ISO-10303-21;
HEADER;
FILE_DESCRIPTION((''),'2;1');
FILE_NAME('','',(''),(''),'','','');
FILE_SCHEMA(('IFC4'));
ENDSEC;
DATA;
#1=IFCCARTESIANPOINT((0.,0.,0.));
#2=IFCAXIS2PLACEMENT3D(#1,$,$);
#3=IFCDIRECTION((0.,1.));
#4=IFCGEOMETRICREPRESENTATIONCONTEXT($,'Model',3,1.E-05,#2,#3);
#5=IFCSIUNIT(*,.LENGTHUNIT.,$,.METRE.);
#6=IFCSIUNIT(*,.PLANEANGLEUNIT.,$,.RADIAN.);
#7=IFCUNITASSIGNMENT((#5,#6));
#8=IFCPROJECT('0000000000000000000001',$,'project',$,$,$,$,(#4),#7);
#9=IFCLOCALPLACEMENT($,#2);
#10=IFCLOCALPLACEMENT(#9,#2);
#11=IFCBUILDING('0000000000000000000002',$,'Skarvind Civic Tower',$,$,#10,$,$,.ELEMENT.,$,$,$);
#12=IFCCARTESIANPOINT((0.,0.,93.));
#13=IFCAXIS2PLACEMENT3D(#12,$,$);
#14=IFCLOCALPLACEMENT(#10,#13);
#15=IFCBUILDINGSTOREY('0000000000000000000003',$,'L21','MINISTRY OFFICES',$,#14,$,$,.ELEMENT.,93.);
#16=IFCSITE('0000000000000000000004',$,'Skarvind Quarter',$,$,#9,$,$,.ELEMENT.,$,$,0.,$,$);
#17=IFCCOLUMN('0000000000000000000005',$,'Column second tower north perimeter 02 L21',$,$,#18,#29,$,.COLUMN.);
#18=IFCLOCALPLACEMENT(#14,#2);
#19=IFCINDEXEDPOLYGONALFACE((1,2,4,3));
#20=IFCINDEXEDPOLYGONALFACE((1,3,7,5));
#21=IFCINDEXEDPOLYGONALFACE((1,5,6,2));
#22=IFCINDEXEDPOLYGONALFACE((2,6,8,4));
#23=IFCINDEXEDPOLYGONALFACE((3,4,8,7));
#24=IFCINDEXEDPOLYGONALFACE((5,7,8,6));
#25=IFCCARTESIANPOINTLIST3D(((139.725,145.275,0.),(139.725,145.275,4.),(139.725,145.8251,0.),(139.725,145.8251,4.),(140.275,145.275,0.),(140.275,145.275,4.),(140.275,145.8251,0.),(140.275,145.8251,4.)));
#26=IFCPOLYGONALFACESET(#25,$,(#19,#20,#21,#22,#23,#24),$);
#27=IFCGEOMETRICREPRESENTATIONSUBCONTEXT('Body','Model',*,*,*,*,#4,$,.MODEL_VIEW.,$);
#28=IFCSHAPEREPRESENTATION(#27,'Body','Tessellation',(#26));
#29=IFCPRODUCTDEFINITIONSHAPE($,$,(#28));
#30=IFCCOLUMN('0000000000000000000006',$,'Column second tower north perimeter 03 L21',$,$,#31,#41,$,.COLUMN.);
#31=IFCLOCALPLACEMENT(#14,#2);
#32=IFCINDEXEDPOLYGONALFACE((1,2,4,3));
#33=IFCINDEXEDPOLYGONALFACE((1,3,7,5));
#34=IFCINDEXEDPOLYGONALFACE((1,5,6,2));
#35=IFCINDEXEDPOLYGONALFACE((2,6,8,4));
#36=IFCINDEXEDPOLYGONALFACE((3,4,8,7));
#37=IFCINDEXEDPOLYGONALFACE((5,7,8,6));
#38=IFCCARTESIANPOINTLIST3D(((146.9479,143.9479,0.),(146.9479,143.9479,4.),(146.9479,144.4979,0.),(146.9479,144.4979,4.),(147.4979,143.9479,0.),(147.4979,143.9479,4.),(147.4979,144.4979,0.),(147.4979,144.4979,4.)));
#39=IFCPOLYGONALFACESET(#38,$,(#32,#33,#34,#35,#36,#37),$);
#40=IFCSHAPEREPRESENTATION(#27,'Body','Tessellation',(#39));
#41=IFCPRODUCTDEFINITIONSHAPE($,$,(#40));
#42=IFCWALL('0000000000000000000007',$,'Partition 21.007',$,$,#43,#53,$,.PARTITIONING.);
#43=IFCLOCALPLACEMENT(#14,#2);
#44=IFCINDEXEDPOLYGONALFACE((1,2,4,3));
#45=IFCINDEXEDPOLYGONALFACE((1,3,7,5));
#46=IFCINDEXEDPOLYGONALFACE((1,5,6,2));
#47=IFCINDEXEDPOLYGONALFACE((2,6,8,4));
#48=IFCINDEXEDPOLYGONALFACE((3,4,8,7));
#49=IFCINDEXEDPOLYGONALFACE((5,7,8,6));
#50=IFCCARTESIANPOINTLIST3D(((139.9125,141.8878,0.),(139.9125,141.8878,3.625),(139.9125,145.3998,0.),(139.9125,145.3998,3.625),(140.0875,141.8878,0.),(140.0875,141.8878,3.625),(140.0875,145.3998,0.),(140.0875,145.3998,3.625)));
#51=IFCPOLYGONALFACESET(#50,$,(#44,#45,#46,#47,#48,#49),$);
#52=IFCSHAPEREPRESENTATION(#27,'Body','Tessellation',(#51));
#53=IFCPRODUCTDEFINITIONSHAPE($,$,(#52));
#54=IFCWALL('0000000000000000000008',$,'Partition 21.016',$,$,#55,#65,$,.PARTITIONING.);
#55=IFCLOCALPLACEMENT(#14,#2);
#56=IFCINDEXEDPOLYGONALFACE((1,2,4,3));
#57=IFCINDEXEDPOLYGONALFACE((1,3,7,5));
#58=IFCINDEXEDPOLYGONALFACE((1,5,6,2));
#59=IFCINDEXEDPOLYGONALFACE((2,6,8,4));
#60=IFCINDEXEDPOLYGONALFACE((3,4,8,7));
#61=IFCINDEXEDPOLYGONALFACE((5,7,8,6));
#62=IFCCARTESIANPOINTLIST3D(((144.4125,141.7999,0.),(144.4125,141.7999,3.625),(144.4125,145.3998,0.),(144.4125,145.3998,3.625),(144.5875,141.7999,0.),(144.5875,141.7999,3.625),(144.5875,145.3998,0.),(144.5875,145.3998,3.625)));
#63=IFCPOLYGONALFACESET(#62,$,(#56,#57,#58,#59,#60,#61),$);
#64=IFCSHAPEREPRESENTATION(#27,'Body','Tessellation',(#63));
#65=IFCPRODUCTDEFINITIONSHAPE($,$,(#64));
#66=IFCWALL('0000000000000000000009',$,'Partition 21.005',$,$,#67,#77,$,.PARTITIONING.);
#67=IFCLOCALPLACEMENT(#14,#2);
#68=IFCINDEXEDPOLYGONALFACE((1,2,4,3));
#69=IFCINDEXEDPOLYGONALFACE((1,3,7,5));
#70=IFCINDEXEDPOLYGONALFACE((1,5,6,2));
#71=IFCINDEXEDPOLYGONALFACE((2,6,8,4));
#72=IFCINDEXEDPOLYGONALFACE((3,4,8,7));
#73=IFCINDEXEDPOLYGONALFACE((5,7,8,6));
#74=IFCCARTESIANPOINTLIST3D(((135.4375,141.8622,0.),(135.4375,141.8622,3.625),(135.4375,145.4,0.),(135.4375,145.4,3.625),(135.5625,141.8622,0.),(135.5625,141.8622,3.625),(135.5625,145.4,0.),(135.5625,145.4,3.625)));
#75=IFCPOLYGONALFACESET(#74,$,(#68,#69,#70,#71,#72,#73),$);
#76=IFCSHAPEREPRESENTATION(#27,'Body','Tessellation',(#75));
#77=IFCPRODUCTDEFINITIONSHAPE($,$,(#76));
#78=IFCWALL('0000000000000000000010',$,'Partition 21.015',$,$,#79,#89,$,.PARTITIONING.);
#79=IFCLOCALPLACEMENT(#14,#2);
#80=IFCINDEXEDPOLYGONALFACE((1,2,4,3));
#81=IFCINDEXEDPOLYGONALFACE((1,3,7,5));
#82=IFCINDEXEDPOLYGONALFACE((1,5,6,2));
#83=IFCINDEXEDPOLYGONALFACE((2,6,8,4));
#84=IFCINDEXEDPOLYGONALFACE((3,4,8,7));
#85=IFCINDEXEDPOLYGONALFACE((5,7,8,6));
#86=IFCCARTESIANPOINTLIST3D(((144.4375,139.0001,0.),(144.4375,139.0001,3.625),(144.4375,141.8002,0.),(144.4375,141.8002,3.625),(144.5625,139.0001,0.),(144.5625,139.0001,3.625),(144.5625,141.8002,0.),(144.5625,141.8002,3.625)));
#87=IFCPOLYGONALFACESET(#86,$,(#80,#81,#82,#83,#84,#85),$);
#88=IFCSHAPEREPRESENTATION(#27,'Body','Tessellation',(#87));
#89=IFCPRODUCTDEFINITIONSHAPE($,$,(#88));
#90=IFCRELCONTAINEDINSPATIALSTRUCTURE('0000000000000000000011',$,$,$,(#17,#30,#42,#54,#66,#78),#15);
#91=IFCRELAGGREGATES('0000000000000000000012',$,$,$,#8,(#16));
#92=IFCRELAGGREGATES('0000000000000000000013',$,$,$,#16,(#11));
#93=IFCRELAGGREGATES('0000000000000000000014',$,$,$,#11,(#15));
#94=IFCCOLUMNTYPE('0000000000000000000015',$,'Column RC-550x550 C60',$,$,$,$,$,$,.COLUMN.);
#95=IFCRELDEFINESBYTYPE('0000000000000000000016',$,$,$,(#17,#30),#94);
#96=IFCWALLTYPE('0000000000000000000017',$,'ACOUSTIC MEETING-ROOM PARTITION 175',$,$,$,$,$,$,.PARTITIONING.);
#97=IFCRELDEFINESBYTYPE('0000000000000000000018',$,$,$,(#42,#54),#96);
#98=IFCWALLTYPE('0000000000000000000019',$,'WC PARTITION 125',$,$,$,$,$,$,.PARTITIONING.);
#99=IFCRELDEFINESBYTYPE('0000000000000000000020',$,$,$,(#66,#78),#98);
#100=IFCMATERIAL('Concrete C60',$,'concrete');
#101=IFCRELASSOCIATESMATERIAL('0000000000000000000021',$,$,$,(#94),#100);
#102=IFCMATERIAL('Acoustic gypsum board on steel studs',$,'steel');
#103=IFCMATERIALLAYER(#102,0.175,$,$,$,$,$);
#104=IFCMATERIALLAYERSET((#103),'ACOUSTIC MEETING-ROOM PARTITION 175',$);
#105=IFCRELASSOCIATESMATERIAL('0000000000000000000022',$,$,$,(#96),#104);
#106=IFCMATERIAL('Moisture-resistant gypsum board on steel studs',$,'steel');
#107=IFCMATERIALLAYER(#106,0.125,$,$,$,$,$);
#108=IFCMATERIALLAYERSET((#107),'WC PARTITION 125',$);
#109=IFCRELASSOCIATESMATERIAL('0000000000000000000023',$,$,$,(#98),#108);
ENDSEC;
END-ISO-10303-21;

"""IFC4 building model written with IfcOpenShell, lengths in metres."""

from ifc_helpers import new_model, si_unit, direction, frame, frame_2d, origin, origin_2d, place, context, subcontext, project, spatial, rectangle, extrude, material, layer, layer_set, material_profile, profile_set, type_object, element, save


model = new_model("IFC4")

# Units and contexts
model_context = context("Model", 3, precision=1e-05, world=origin(), true_north=direction((0.0, 1.0)))
body_context = subcontext(model_context, "Body", "Model", "MODEL_VIEW")
ifc_project = project(units=[si_unit("LENGTHUNIT", "METRE"), si_unit("PLANEANGLEUNIT", "RADIAN")], contexts=[model_context])

# Site, building, storey
site_placement = place(None, origin())
site = spatial("IfcSite", under=ifc_project, at=site_placement, Name="Skarvind Quarter", CompositionType="ELEMENT", RefElevation=0.0)
building_placement = place(site_placement, origin())
building = spatial("IfcBuilding", under=site, at=building_placement, Name="Skarvind Civic Tower", CompositionType="ELEMENT")
storey_placement = place(building_placement, frame((0.0, 0.0, 93.0)))
storey = spatial("IfcBuildingStorey", under=building, at=storey_placement, Name="L21", Description="MINISTRY OFFICES", CompositionType="ELEMENT", Elevation=93.0)

# Columns
ifc_material_1 = material(Name="Concrete C60", Category="concrete")
ifc_material_profile = material_profile(ifc_material_1, rectangle(XDim=0.55, YDim=0.55, at=origin_2d()), Name="RC-550x550")
ifc_profile_set = profile_set([ifc_material_profile], Name="Concrete C60")
column_type = type_object("IfcColumnType", Name="Column RC-550x550 C60", PredefinedType="COLUMN", material=ifc_profile_set)
for number, where, z_axis, x_axis, name in (
    (1, (140.0, 145.55, 0.0), (0.0, 0.0, 1.0), (1.0, 0.0, 0.0), "Column second tower north perimeter 02 L21"),
    (2, (147.2229, 144.2229, 0.0), (0.0, 0.0, 1.0), (1.0, 0.0, 0.0), "Column second tower north perimeter 03 L21"),
):
    element("IfcColumn", number, at=place(storey_placement, frame(where, z_axis=z_axis, x_axis=x_axis)), inside=storey, type_object=column_type, Name=name, PredefinedType="COLUMN", context=body_context, shape_type="SweptSolid", body=[
        extrude(rectangle(XDim=0.55, YDim=0.55, at=origin_2d()), origin(), (0.0, 0.0, 1.0), 4.0),
    ])

# Walls
ifc_material_2 = material(Name="Acoustic gypsum board on steel studs", Category="steel")
ifc_layer_1 = layer(ifc_material_2, 0.175)
ifc_layer_set_1 = layer_set([ifc_layer_1], Name="ACOUSTIC MEETING-ROOM PARTITION 175")
wall_type_1 = type_object("IfcWallType", Name="ACOUSTIC MEETING-ROOM PARTITION 175", PredefinedType="PARTITIONING", material=ifc_layer_set_1)
wall_1_placement = place(storey_placement, frame((140.0, 141.8879, 0.0), z_axis=(0.0, 0.0, 1.0), x_axis=(0.0, 1.0, 0.0)))
element("IfcWall", 3, at=wall_1_placement, inside=storey, type_object=wall_type_1, Name="Partition 21.007", PredefinedType="PARTITIONING", context=body_context, shape_type="SweptSolid", body=[
    extrude(rectangle(XDim=3.512, YDim=0.175, at=frame_2d((1.7559, 0.0))), origin(), (0.0, 0.0, 1.0), 3.625),
])
wall_2_placement = place(storey_placement, frame((144.5, 141.8, 0.0), z_axis=(0.0, 0.0, 1.0), x_axis=(0.0, 1.0, 0.0)))
element("IfcWall", 4, at=wall_2_placement, inside=storey, type_object=wall_type_1, Name="Partition 21.016", PredefinedType="PARTITIONING", context=body_context, shape_type="SweptSolid", body=[
    extrude(rectangle(XDim=3.5999, YDim=0.175, at=frame_2d((1.7998, 0.0))), origin(), (0.0, 0.0, 1.0), 3.625),
])
ifc_material_3 = material(Name="Moisture-resistant gypsum board on steel studs", Category="steel")
ifc_layer_2 = layer(ifc_material_3, 0.125)
ifc_layer_set_2 = layer_set([ifc_layer_2], Name="WC PARTITION 125")
wall_type_2 = type_object("IfcWallType", Name="WC PARTITION 125", PredefinedType="PARTITIONING", material=ifc_layer_set_2)
wall_3_placement = place(storey_placement, frame((135.5, 141.8621, 0.0), z_axis=(0.0, 0.0, 1.0), x_axis=(0.0, 1.0, 0.0)))
element("IfcWall", 5, at=wall_3_placement, inside=storey, type_object=wall_type_2, Name="Partition 21.005", PredefinedType="PARTITIONING", context=body_context, shape_type="SweptSolid", body=[
    extrude(rectangle(XDim=3.5378, YDim=0.125, at=frame_2d((1.769, 0.0))), origin(), (0.0, 0.0, 1.0), 3.625),
])
wall_4_placement = place(storey_placement, frame((144.5, 141.8, 0.0), z_axis=(0.0, 0.0, 1.0), x_axis=(0.0, -1.0, 0.0)))
element("IfcWall", 6, at=wall_4_placement, inside=storey, type_object=wall_type_2, Name="Partition 21.015", PredefinedType="PARTITIONING", context=body_context, shape_type="SweptSolid", body=[
    extrude(rectangle(XDim=2.8, YDim=0.125, at=frame_2d((1.3999, 0.0))), origin(), (0.0, 0.0, 1.0), 3.625),
])

save(model, "model.ifc")
